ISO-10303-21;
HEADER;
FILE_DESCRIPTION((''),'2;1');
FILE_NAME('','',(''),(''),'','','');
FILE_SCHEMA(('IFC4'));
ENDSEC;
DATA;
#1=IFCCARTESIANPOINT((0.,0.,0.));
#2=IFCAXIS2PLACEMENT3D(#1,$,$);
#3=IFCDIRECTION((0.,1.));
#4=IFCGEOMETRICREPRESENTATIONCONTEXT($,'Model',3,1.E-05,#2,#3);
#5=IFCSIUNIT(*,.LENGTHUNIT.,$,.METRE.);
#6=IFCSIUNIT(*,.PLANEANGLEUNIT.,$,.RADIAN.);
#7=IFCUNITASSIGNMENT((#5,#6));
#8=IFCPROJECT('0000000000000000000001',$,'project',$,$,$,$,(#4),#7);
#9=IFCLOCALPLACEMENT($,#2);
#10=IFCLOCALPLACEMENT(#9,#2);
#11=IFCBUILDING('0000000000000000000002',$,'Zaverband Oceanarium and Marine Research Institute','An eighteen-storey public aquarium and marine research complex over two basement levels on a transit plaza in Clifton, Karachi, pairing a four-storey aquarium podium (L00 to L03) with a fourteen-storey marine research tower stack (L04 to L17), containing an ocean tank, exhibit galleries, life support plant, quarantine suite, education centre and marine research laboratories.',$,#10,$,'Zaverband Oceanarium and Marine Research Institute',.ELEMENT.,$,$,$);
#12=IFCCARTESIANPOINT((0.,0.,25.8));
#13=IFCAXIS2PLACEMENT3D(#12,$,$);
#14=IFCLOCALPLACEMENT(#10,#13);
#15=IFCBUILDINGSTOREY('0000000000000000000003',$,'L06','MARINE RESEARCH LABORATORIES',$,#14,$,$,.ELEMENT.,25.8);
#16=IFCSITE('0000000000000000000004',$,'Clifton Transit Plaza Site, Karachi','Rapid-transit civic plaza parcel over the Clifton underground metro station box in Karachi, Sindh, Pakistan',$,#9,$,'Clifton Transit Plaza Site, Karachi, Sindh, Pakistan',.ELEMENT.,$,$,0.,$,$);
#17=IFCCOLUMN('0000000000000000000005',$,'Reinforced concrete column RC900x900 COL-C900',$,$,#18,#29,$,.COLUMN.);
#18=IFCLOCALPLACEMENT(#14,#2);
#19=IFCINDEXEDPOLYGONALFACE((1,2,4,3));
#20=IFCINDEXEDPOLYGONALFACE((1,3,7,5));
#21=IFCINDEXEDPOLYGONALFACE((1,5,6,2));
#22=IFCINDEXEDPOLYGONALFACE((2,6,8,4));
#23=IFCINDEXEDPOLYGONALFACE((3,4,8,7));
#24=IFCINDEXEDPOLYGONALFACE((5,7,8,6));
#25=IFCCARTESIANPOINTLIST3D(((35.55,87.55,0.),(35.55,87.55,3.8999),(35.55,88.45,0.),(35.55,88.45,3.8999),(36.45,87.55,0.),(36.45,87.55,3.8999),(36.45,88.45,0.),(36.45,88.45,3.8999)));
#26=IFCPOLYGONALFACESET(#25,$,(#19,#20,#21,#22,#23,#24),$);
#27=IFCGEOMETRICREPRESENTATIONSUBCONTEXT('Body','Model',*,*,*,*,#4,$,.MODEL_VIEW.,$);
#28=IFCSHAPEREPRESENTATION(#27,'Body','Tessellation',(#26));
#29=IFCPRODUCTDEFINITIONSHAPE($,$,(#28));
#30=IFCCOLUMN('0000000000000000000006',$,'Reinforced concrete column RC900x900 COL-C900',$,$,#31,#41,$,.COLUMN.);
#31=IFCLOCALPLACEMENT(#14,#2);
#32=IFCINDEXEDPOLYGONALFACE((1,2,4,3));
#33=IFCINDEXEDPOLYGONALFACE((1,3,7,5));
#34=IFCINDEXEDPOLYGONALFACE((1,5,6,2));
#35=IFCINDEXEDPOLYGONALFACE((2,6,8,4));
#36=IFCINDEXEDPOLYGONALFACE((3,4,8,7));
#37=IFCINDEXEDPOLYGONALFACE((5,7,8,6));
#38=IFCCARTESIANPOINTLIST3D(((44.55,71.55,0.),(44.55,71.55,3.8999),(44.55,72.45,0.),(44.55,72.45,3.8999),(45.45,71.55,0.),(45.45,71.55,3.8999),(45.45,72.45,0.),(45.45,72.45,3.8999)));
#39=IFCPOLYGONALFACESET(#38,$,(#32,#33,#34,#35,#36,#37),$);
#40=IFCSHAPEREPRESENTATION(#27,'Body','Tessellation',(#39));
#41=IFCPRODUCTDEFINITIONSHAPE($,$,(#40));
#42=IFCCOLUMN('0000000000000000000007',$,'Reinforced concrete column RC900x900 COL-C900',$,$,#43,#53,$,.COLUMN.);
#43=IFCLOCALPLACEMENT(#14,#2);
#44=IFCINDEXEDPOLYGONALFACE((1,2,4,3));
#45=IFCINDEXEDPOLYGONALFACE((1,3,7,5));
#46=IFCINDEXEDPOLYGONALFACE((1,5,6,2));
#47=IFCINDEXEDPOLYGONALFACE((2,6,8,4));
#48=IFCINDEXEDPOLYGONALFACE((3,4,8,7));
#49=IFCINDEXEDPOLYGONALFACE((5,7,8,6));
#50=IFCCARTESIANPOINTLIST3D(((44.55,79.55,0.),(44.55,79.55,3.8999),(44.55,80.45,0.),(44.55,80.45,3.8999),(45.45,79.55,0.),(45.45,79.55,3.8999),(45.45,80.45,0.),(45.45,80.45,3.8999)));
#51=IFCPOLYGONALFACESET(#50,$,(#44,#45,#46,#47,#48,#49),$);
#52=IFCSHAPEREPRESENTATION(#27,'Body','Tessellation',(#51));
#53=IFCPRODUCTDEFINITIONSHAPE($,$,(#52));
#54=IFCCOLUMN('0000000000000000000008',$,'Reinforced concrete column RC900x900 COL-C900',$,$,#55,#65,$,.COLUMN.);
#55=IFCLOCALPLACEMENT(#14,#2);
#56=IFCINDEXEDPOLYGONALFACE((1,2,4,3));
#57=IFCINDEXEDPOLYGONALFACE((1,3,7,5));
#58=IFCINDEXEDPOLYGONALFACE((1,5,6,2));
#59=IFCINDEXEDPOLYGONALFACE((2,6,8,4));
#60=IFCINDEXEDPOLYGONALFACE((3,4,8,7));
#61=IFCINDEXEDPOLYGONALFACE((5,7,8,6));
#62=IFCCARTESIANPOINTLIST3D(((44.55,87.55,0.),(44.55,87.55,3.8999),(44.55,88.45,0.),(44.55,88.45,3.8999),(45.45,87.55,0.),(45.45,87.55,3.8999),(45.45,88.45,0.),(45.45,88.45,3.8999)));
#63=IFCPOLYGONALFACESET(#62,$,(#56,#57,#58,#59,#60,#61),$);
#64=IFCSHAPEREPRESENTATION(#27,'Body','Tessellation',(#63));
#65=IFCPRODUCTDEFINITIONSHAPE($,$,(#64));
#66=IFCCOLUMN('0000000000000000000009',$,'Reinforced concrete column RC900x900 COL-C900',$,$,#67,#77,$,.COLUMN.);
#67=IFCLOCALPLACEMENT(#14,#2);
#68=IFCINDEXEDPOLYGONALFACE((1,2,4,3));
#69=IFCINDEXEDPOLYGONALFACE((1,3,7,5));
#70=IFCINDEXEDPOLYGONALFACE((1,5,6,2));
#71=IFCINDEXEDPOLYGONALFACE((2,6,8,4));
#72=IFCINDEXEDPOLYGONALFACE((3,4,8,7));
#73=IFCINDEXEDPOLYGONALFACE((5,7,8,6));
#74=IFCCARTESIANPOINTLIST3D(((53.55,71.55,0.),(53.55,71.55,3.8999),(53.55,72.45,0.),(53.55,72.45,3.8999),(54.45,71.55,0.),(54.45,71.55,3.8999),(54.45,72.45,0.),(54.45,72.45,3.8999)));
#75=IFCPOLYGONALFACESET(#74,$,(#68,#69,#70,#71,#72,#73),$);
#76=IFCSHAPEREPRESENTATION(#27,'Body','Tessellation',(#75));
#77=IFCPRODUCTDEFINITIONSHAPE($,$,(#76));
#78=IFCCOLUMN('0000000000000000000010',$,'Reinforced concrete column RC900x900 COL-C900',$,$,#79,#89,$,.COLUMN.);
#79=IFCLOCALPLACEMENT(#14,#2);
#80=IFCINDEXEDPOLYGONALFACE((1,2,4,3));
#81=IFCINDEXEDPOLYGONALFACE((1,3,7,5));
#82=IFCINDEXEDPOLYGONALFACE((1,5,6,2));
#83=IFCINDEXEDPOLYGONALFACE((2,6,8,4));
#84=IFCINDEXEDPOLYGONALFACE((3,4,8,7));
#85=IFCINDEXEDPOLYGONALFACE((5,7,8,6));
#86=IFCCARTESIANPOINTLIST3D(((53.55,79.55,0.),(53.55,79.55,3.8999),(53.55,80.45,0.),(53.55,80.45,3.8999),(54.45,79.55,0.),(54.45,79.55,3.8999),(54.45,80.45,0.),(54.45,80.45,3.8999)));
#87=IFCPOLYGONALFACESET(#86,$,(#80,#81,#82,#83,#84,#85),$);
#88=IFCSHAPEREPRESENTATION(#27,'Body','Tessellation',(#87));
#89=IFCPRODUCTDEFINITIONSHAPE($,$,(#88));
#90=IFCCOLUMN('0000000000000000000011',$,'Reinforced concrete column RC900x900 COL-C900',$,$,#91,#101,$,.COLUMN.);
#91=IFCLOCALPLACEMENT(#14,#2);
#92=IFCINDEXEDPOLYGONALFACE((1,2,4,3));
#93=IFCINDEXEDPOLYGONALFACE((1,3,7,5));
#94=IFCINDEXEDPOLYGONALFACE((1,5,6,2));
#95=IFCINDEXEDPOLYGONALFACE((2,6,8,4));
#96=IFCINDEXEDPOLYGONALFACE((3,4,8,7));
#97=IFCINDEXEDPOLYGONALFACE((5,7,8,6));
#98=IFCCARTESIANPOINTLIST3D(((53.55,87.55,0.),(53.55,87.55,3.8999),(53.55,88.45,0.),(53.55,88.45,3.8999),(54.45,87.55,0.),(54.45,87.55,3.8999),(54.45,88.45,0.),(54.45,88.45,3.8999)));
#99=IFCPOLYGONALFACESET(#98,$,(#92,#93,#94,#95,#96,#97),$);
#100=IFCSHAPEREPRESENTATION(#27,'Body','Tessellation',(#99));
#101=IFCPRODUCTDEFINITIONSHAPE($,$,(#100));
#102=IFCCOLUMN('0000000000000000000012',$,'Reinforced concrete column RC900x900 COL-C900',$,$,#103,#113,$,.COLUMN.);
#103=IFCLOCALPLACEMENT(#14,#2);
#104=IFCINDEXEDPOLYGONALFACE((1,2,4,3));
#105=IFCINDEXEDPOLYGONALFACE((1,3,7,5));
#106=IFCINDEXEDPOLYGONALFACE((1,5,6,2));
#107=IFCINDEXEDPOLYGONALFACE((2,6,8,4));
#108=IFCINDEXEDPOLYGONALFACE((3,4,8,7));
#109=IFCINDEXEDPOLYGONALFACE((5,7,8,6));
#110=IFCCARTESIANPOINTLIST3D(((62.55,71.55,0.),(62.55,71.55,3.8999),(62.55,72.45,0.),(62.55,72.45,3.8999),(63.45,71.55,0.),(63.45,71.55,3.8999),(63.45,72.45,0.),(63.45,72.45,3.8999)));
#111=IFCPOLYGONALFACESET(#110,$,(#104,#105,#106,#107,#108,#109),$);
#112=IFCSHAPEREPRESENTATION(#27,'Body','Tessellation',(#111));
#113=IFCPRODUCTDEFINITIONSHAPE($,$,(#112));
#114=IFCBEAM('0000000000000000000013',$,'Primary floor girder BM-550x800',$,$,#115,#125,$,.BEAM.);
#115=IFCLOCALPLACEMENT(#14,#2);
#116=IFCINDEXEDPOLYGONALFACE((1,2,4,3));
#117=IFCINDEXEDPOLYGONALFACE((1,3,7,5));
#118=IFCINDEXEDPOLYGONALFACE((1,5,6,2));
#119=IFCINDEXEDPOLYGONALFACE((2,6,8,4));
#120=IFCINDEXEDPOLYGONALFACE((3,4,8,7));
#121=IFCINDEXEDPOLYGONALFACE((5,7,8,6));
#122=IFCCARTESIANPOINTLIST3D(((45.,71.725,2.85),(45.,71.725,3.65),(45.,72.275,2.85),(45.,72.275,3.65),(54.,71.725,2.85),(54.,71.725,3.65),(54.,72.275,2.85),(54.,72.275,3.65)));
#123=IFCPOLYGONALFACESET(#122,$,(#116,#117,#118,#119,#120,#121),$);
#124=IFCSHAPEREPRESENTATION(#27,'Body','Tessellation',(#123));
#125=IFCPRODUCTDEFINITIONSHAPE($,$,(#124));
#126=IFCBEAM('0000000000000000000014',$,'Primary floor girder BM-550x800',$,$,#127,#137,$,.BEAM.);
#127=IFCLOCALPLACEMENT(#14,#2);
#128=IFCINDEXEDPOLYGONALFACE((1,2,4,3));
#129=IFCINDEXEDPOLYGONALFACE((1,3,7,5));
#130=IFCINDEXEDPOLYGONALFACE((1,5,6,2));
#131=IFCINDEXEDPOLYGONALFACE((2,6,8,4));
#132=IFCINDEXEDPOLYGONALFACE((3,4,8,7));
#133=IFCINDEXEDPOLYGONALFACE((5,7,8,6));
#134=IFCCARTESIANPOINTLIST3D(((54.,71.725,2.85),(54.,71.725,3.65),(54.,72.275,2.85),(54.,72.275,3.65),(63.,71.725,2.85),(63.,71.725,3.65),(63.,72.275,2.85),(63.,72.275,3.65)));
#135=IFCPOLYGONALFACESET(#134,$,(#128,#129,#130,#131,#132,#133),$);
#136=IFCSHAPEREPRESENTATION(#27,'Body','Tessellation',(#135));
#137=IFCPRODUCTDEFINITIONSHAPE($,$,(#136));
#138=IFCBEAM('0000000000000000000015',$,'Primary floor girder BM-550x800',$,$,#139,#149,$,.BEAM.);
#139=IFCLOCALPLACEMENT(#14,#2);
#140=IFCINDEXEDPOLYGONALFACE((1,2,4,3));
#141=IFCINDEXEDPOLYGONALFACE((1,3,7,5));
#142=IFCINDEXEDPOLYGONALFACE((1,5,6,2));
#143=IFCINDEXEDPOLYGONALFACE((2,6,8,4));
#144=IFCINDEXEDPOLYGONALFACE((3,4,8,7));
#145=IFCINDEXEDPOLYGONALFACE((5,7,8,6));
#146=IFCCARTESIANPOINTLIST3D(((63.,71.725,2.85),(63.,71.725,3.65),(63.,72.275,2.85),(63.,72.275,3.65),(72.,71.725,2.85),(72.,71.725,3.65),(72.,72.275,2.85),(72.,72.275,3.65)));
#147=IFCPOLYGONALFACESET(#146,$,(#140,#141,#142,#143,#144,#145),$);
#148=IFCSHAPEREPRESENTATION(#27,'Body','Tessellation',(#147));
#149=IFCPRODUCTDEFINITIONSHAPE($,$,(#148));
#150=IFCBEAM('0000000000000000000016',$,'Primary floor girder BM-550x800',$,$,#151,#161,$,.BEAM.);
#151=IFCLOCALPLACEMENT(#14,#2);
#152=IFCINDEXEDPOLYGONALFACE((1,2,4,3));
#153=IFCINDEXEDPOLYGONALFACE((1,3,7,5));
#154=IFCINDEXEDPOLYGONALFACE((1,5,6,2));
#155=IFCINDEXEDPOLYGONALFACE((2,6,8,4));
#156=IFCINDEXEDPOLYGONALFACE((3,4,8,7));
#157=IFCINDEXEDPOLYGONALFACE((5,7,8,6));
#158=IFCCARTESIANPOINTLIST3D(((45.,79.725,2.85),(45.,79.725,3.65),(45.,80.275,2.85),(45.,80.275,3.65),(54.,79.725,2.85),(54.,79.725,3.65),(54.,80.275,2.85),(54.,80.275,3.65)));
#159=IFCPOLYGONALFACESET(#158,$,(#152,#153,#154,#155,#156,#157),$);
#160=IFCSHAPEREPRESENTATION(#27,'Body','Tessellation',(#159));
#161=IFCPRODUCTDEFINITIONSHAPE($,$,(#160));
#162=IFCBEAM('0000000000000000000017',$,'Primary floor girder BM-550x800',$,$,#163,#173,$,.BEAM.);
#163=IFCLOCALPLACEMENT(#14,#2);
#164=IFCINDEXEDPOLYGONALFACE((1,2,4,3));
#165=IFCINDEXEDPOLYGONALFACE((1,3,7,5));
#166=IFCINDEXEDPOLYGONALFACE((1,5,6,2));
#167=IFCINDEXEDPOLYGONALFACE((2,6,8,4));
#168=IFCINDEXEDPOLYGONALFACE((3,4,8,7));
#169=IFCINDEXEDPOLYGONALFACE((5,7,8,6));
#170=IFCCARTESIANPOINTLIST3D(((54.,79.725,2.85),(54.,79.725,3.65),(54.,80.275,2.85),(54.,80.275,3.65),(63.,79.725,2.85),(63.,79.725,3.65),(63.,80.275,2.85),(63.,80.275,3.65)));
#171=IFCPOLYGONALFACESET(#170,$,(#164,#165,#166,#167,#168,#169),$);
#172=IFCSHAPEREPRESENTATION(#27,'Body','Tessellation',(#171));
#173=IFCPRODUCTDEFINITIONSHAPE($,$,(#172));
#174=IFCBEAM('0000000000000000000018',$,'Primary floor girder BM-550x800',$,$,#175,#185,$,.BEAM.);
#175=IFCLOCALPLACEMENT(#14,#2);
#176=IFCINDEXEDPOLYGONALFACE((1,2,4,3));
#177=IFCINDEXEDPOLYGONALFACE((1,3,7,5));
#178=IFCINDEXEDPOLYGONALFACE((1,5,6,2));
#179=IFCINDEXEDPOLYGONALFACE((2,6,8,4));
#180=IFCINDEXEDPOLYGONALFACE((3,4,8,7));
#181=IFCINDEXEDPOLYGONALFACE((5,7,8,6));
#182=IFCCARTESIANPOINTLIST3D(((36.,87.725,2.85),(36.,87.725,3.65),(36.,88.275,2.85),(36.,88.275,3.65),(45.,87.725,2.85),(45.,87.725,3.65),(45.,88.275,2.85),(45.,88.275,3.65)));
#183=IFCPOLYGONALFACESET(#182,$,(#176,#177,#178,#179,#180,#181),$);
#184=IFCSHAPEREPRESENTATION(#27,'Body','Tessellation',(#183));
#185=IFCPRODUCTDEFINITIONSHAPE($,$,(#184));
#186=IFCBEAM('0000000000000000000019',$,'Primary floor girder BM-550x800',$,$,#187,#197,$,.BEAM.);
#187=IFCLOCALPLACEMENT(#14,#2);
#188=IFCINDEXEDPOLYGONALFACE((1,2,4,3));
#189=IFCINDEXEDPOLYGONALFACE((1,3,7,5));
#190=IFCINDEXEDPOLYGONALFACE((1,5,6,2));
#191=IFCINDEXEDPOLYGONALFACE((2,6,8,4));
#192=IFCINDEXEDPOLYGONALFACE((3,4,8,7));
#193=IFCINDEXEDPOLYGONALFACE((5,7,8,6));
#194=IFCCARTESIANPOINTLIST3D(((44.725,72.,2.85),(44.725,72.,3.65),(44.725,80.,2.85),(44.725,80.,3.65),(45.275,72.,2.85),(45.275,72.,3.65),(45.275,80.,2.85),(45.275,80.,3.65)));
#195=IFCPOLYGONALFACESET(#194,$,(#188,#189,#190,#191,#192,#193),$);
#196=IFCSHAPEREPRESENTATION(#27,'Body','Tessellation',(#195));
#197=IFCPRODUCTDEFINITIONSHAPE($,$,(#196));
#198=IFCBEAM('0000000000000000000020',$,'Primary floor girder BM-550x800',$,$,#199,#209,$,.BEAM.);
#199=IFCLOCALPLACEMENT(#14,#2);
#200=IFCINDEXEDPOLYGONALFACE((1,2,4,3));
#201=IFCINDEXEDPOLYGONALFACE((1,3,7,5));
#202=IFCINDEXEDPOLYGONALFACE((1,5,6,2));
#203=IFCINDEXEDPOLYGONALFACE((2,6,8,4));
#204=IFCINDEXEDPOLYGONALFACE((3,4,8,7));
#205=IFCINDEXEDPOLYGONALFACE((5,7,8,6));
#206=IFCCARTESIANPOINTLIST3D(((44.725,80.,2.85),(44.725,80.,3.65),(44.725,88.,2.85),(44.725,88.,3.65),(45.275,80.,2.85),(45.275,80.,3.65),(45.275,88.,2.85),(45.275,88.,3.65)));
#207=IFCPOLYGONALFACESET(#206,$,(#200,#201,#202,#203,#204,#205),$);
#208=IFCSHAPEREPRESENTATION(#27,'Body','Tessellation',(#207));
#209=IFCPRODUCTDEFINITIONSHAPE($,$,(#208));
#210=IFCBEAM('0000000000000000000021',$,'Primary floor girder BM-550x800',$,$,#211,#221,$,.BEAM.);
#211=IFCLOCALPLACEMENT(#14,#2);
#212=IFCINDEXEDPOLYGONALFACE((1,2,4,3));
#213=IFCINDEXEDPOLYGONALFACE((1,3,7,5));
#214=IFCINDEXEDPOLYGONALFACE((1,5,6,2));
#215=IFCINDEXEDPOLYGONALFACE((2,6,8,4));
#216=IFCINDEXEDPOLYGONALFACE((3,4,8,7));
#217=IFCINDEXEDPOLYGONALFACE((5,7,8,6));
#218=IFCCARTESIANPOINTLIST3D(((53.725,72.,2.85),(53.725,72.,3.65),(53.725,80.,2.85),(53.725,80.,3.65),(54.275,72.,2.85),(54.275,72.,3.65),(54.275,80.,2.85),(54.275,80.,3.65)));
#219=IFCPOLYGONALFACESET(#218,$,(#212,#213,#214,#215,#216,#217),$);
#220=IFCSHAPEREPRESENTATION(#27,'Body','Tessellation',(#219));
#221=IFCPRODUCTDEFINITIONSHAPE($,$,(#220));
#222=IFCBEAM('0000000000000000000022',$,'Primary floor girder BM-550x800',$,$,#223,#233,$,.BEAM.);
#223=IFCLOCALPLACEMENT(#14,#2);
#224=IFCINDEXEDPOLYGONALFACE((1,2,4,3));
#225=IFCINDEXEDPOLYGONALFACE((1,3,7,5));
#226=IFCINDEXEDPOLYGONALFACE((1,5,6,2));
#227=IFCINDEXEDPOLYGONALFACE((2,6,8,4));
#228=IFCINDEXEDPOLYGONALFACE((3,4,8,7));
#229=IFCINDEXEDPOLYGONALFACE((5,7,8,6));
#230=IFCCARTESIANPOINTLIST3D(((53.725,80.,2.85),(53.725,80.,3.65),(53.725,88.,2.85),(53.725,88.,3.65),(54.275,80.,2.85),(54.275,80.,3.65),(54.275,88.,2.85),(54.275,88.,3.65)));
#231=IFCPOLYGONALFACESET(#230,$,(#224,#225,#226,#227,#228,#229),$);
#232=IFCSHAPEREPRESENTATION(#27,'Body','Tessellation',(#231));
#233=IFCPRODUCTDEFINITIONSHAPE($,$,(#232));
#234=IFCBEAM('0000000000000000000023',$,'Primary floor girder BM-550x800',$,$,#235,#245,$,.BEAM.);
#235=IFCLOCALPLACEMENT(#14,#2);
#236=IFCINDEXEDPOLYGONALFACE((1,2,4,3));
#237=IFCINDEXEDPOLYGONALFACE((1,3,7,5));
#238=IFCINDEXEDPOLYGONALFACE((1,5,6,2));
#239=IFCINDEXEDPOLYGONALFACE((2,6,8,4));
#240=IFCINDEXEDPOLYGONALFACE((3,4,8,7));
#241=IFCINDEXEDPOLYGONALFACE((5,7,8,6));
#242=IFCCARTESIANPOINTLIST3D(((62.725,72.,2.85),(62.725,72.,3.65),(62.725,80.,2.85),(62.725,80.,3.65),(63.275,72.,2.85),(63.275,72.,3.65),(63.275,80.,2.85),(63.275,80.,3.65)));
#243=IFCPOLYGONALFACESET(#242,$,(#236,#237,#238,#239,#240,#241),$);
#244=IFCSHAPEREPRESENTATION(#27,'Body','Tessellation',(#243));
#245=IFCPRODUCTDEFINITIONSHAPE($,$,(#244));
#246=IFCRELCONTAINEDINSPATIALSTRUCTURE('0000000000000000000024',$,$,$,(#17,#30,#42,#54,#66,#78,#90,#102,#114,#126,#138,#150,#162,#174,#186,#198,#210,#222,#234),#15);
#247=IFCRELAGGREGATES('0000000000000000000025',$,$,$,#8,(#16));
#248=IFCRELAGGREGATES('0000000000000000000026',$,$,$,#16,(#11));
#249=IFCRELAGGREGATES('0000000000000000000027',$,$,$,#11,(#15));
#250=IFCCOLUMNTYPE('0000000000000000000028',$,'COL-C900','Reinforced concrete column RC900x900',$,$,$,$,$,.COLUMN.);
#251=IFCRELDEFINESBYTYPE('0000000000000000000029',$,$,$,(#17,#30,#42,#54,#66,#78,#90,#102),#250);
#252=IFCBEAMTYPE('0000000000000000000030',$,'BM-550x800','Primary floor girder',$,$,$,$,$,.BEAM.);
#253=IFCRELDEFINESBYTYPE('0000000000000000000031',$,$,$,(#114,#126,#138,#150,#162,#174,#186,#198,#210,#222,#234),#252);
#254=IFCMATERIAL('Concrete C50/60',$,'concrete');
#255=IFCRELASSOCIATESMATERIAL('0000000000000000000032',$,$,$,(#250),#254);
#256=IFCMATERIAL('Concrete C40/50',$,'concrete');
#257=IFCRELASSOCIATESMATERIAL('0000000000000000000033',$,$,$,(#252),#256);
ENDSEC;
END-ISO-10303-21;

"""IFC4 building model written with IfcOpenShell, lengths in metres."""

from ifc_helpers import new_model, si_unit, direction, frame, origin, origin_2d, place, context, subcontext, project, spatial, rectangle, extrude, material, material_profile, profile_set, type_object, element, save


model = new_model("IFC4")

# Units and contexts
model_context = context("Model", 3, precision=1e-05, world=origin(), true_north=direction((0.0, 1.0)))
body_context = subcontext(model_context, "Body", "Model", "MODEL_VIEW")
ifc_project = project(units=[si_unit("LENGTHUNIT", "METRE"), si_unit("PLANEANGLEUNIT", "RADIAN")], contexts=[model_context])

# Site, building, storey
site_placement = place(None, origin())
site = spatial("IfcSite", under=ifc_project, at=site_placement, Name="Clifton Transit Plaza Site, Karachi", Description="Rapid-transit civic plaza parcel over the Clifton underground metro station box in Karachi, Sindh, Pakistan", LongName="Clifton Transit Plaza Site, Karachi, Sindh, Pakistan", CompositionType="ELEMENT", RefElevation=0.0)
building_placement = place(site_placement, origin())
building = spatial("IfcBuilding", under=site, at=building_placement, Name="Zaverband Oceanarium and Marine Research Institute", Description="An eighteen-storey public aquarium and marine research complex over two basement levels on a transit plaza in Clifton, Karachi, pairing a four-storey aquarium podium (L00 to L03) with a fourteen-storey marine research tower stack (L04 to L17), containing an ocean tank, exhibit galleries, life support plant, quarantine suite, education centre and marine research laboratories.", LongName="Zaverband Oceanarium and Marine Research Institute", CompositionType="ELEMENT")
storey_placement = place(building_placement, frame((0.0, 0.0, 25.8)))
storey = spatial("IfcBuildingStorey", under=building, at=storey_placement, Name="L06", Description="MARINE RESEARCH LABORATORIES", CompositionType="ELEMENT", Elevation=25.8)

# Columns
ifc_material_1 = material(Name="Concrete C50/60", Category="concrete")
ifc_material_profile_1 = material_profile(ifc_material_1, rectangle(XDim=0.8999, YDim=0.8999, at=origin_2d()), Name="RC900x900")
ifc_profile_set_1 = profile_set([ifc_material_profile_1], Name="Concrete C50/60")
column_type = type_object("IfcColumnType", Name="COL-C900", Description="Reinforced concrete column RC900x900", PredefinedType="COLUMN", material=ifc_profile_set_1)
for number, where, z_axis, x_axis, name in (
    (1, (36.0, 88.0, 0.0), (0.0, 0.0, 1.0), (1.0, 0.0, 0.0), "Reinforced concrete column RC900x900 COL-C900"),
    (2, (45.0, 72.0, 0.0), (0.0, 0.0, 1.0), (1.0, 0.0, 0.0), "Reinforced concrete column RC900x900 COL-C900"),
    (3, (45.0, 80.0, 0.0), (0.0, 0.0, 1.0), (1.0, 0.0, 0.0), "Reinforced concrete column RC900x900 COL-C900"),
    (4, (45.0, 88.0, 0.0), (0.0, 0.0, 1.0), (1.0, 0.0, 0.0), "Reinforced concrete column RC900x900 COL-C900"),
    (5, (54.0, 72.0, 0.0), (0.0, 0.0, 1.0), (1.0, 0.0, 0.0), "Reinforced concrete column RC900x900 COL-C900"),
    (6, (54.0, 80.0, 0.0), (0.0, 0.0, 1.0), (1.0, 0.0, 0.0), "Reinforced concrete column RC900x900 COL-C900"),
    (7, (54.0, 88.0, 0.0), (0.0, 0.0, 1.0), (1.0, 0.0, 0.0), "Reinforced concrete column RC900x900 COL-C900"),
    (8, (63.0, 72.0, 0.0), (0.0, 0.0, 1.0), (1.0, 0.0, 0.0), "Reinforced concrete column RC900x900 COL-C900"),
):
    element("IfcColumn", number, at=place(storey_placement, frame(where, z_axis=z_axis, x_axis=x_axis)), inside=storey, type_object=column_type, Name=name, PredefinedType="COLUMN", context=body_context, shape_type="SweptSolid", body=[
        extrude(rectangle(XDim=0.8999, YDim=0.8999, at=origin_2d()), origin(), (0.0, 0.0, 1.0), 3.8999),
    ])

# Beams
ifc_material_2 = material(Name="Concrete C40/50", Category="concrete")
ifc_material_profile_2 = material_profile(ifc_material_2, rectangle(XDim=0.55, YDim=0.8, at=origin_2d()), Name="RC550x800")
ifc_profile_set_2 = profile_set([ifc_material_profile_2], Name="Concrete C40/50")
beam_type_1 = type_object("IfcBeamType", Name="BM-550x800", Description="Primary floor girder", PredefinedType="BEAM", material=ifc_profile_set_2)
for number, where, z_axis, x_axis, name in (
    (9, (45.0, 72.0, 3.25), (1.0, 0.0, 0.0), (0.0, 1.0, 0.0), "Primary floor girder BM-550x800"),
    (10, (54.0, 72.0, 3.25), (1.0, 0.0, 0.0), (0.0, 1.0, 0.0), "Primary floor girder BM-550x800"),
    (11, (63.0, 72.0, 3.25), (1.0, 0.0, 0.0), (0.0, 1.0, 0.0), "Primary floor girder BM-550x800"),
    (12, (45.0, 80.0, 3.25), (1.0, 0.0, 0.0), (0.0, 1.0, 0.0), "Primary floor girder BM-550x800"),
    (13, (54.0, 80.0, 3.25), (1.0, 0.0, 0.0), (0.0, 1.0, 0.0), "Primary floor girder BM-550x800"),
    (14, (36.0, 88.0, 3.25), (1.0, 0.0, 0.0), (0.0, 1.0, 0.0), "Primary floor girder BM-550x800"),
):
    element("IfcBeam", number, at=place(storey_placement, frame(where, z_axis=z_axis, x_axis=x_axis)), inside=storey, type_object=beam_type_1, Name=name, PredefinedType="BEAM", context=body_context, shape_type="SweptSolid", body=[
        extrude(rectangle(XDim=0.55, YDim=0.8, at=origin_2d()), origin(), (0.0, 0.0, 1.0), 9.0),
    ])
for number, where, z_axis, x_axis, name in (
    (15, (45.0, 72.0, 3.25), (0.0, 1.0, 0.0), (-1.0, 0.0, 0.0), "Primary floor girder BM-550x800"),
    (16, (45.0, 80.0, 3.25), (0.0, 1.0, 0.0), (-1.0, 0.0, 0.0), "Primary floor girder BM-550x800"),
    (17, (54.0, 72.0, 3.25), (0.0, 1.0, 0.0), (-1.0, 0.0, 0.0), "Primary floor girder BM-550x800"),
    (18, (54.0, 80.0, 3.25), (0.0, 1.0, 0.0), (-1.0, 0.0, 0.0), "Primary floor girder BM-550x800"),
    (19, (63.0, 72.0, 3.25), (0.0, 1.0, 0.0), (-1.0, 0.0, 0.0), "Primary floor girder BM-550x800"),
):
    element("IfcBeam", number, at=place(storey_placement, frame(where, z_axis=z_axis, x_axis=x_axis)), inside=storey, type_object=beam_type_1, Name=name, PredefinedType="BEAM", context=body_context, shape_type="SweptSolid", body=[
        extrude(rectangle(XDim=0.55, YDim=0.8, at=origin_2d()), origin(), (0.0, 0.0, 1.0), 8.0),
    ])

save(model, "model.ifc")
